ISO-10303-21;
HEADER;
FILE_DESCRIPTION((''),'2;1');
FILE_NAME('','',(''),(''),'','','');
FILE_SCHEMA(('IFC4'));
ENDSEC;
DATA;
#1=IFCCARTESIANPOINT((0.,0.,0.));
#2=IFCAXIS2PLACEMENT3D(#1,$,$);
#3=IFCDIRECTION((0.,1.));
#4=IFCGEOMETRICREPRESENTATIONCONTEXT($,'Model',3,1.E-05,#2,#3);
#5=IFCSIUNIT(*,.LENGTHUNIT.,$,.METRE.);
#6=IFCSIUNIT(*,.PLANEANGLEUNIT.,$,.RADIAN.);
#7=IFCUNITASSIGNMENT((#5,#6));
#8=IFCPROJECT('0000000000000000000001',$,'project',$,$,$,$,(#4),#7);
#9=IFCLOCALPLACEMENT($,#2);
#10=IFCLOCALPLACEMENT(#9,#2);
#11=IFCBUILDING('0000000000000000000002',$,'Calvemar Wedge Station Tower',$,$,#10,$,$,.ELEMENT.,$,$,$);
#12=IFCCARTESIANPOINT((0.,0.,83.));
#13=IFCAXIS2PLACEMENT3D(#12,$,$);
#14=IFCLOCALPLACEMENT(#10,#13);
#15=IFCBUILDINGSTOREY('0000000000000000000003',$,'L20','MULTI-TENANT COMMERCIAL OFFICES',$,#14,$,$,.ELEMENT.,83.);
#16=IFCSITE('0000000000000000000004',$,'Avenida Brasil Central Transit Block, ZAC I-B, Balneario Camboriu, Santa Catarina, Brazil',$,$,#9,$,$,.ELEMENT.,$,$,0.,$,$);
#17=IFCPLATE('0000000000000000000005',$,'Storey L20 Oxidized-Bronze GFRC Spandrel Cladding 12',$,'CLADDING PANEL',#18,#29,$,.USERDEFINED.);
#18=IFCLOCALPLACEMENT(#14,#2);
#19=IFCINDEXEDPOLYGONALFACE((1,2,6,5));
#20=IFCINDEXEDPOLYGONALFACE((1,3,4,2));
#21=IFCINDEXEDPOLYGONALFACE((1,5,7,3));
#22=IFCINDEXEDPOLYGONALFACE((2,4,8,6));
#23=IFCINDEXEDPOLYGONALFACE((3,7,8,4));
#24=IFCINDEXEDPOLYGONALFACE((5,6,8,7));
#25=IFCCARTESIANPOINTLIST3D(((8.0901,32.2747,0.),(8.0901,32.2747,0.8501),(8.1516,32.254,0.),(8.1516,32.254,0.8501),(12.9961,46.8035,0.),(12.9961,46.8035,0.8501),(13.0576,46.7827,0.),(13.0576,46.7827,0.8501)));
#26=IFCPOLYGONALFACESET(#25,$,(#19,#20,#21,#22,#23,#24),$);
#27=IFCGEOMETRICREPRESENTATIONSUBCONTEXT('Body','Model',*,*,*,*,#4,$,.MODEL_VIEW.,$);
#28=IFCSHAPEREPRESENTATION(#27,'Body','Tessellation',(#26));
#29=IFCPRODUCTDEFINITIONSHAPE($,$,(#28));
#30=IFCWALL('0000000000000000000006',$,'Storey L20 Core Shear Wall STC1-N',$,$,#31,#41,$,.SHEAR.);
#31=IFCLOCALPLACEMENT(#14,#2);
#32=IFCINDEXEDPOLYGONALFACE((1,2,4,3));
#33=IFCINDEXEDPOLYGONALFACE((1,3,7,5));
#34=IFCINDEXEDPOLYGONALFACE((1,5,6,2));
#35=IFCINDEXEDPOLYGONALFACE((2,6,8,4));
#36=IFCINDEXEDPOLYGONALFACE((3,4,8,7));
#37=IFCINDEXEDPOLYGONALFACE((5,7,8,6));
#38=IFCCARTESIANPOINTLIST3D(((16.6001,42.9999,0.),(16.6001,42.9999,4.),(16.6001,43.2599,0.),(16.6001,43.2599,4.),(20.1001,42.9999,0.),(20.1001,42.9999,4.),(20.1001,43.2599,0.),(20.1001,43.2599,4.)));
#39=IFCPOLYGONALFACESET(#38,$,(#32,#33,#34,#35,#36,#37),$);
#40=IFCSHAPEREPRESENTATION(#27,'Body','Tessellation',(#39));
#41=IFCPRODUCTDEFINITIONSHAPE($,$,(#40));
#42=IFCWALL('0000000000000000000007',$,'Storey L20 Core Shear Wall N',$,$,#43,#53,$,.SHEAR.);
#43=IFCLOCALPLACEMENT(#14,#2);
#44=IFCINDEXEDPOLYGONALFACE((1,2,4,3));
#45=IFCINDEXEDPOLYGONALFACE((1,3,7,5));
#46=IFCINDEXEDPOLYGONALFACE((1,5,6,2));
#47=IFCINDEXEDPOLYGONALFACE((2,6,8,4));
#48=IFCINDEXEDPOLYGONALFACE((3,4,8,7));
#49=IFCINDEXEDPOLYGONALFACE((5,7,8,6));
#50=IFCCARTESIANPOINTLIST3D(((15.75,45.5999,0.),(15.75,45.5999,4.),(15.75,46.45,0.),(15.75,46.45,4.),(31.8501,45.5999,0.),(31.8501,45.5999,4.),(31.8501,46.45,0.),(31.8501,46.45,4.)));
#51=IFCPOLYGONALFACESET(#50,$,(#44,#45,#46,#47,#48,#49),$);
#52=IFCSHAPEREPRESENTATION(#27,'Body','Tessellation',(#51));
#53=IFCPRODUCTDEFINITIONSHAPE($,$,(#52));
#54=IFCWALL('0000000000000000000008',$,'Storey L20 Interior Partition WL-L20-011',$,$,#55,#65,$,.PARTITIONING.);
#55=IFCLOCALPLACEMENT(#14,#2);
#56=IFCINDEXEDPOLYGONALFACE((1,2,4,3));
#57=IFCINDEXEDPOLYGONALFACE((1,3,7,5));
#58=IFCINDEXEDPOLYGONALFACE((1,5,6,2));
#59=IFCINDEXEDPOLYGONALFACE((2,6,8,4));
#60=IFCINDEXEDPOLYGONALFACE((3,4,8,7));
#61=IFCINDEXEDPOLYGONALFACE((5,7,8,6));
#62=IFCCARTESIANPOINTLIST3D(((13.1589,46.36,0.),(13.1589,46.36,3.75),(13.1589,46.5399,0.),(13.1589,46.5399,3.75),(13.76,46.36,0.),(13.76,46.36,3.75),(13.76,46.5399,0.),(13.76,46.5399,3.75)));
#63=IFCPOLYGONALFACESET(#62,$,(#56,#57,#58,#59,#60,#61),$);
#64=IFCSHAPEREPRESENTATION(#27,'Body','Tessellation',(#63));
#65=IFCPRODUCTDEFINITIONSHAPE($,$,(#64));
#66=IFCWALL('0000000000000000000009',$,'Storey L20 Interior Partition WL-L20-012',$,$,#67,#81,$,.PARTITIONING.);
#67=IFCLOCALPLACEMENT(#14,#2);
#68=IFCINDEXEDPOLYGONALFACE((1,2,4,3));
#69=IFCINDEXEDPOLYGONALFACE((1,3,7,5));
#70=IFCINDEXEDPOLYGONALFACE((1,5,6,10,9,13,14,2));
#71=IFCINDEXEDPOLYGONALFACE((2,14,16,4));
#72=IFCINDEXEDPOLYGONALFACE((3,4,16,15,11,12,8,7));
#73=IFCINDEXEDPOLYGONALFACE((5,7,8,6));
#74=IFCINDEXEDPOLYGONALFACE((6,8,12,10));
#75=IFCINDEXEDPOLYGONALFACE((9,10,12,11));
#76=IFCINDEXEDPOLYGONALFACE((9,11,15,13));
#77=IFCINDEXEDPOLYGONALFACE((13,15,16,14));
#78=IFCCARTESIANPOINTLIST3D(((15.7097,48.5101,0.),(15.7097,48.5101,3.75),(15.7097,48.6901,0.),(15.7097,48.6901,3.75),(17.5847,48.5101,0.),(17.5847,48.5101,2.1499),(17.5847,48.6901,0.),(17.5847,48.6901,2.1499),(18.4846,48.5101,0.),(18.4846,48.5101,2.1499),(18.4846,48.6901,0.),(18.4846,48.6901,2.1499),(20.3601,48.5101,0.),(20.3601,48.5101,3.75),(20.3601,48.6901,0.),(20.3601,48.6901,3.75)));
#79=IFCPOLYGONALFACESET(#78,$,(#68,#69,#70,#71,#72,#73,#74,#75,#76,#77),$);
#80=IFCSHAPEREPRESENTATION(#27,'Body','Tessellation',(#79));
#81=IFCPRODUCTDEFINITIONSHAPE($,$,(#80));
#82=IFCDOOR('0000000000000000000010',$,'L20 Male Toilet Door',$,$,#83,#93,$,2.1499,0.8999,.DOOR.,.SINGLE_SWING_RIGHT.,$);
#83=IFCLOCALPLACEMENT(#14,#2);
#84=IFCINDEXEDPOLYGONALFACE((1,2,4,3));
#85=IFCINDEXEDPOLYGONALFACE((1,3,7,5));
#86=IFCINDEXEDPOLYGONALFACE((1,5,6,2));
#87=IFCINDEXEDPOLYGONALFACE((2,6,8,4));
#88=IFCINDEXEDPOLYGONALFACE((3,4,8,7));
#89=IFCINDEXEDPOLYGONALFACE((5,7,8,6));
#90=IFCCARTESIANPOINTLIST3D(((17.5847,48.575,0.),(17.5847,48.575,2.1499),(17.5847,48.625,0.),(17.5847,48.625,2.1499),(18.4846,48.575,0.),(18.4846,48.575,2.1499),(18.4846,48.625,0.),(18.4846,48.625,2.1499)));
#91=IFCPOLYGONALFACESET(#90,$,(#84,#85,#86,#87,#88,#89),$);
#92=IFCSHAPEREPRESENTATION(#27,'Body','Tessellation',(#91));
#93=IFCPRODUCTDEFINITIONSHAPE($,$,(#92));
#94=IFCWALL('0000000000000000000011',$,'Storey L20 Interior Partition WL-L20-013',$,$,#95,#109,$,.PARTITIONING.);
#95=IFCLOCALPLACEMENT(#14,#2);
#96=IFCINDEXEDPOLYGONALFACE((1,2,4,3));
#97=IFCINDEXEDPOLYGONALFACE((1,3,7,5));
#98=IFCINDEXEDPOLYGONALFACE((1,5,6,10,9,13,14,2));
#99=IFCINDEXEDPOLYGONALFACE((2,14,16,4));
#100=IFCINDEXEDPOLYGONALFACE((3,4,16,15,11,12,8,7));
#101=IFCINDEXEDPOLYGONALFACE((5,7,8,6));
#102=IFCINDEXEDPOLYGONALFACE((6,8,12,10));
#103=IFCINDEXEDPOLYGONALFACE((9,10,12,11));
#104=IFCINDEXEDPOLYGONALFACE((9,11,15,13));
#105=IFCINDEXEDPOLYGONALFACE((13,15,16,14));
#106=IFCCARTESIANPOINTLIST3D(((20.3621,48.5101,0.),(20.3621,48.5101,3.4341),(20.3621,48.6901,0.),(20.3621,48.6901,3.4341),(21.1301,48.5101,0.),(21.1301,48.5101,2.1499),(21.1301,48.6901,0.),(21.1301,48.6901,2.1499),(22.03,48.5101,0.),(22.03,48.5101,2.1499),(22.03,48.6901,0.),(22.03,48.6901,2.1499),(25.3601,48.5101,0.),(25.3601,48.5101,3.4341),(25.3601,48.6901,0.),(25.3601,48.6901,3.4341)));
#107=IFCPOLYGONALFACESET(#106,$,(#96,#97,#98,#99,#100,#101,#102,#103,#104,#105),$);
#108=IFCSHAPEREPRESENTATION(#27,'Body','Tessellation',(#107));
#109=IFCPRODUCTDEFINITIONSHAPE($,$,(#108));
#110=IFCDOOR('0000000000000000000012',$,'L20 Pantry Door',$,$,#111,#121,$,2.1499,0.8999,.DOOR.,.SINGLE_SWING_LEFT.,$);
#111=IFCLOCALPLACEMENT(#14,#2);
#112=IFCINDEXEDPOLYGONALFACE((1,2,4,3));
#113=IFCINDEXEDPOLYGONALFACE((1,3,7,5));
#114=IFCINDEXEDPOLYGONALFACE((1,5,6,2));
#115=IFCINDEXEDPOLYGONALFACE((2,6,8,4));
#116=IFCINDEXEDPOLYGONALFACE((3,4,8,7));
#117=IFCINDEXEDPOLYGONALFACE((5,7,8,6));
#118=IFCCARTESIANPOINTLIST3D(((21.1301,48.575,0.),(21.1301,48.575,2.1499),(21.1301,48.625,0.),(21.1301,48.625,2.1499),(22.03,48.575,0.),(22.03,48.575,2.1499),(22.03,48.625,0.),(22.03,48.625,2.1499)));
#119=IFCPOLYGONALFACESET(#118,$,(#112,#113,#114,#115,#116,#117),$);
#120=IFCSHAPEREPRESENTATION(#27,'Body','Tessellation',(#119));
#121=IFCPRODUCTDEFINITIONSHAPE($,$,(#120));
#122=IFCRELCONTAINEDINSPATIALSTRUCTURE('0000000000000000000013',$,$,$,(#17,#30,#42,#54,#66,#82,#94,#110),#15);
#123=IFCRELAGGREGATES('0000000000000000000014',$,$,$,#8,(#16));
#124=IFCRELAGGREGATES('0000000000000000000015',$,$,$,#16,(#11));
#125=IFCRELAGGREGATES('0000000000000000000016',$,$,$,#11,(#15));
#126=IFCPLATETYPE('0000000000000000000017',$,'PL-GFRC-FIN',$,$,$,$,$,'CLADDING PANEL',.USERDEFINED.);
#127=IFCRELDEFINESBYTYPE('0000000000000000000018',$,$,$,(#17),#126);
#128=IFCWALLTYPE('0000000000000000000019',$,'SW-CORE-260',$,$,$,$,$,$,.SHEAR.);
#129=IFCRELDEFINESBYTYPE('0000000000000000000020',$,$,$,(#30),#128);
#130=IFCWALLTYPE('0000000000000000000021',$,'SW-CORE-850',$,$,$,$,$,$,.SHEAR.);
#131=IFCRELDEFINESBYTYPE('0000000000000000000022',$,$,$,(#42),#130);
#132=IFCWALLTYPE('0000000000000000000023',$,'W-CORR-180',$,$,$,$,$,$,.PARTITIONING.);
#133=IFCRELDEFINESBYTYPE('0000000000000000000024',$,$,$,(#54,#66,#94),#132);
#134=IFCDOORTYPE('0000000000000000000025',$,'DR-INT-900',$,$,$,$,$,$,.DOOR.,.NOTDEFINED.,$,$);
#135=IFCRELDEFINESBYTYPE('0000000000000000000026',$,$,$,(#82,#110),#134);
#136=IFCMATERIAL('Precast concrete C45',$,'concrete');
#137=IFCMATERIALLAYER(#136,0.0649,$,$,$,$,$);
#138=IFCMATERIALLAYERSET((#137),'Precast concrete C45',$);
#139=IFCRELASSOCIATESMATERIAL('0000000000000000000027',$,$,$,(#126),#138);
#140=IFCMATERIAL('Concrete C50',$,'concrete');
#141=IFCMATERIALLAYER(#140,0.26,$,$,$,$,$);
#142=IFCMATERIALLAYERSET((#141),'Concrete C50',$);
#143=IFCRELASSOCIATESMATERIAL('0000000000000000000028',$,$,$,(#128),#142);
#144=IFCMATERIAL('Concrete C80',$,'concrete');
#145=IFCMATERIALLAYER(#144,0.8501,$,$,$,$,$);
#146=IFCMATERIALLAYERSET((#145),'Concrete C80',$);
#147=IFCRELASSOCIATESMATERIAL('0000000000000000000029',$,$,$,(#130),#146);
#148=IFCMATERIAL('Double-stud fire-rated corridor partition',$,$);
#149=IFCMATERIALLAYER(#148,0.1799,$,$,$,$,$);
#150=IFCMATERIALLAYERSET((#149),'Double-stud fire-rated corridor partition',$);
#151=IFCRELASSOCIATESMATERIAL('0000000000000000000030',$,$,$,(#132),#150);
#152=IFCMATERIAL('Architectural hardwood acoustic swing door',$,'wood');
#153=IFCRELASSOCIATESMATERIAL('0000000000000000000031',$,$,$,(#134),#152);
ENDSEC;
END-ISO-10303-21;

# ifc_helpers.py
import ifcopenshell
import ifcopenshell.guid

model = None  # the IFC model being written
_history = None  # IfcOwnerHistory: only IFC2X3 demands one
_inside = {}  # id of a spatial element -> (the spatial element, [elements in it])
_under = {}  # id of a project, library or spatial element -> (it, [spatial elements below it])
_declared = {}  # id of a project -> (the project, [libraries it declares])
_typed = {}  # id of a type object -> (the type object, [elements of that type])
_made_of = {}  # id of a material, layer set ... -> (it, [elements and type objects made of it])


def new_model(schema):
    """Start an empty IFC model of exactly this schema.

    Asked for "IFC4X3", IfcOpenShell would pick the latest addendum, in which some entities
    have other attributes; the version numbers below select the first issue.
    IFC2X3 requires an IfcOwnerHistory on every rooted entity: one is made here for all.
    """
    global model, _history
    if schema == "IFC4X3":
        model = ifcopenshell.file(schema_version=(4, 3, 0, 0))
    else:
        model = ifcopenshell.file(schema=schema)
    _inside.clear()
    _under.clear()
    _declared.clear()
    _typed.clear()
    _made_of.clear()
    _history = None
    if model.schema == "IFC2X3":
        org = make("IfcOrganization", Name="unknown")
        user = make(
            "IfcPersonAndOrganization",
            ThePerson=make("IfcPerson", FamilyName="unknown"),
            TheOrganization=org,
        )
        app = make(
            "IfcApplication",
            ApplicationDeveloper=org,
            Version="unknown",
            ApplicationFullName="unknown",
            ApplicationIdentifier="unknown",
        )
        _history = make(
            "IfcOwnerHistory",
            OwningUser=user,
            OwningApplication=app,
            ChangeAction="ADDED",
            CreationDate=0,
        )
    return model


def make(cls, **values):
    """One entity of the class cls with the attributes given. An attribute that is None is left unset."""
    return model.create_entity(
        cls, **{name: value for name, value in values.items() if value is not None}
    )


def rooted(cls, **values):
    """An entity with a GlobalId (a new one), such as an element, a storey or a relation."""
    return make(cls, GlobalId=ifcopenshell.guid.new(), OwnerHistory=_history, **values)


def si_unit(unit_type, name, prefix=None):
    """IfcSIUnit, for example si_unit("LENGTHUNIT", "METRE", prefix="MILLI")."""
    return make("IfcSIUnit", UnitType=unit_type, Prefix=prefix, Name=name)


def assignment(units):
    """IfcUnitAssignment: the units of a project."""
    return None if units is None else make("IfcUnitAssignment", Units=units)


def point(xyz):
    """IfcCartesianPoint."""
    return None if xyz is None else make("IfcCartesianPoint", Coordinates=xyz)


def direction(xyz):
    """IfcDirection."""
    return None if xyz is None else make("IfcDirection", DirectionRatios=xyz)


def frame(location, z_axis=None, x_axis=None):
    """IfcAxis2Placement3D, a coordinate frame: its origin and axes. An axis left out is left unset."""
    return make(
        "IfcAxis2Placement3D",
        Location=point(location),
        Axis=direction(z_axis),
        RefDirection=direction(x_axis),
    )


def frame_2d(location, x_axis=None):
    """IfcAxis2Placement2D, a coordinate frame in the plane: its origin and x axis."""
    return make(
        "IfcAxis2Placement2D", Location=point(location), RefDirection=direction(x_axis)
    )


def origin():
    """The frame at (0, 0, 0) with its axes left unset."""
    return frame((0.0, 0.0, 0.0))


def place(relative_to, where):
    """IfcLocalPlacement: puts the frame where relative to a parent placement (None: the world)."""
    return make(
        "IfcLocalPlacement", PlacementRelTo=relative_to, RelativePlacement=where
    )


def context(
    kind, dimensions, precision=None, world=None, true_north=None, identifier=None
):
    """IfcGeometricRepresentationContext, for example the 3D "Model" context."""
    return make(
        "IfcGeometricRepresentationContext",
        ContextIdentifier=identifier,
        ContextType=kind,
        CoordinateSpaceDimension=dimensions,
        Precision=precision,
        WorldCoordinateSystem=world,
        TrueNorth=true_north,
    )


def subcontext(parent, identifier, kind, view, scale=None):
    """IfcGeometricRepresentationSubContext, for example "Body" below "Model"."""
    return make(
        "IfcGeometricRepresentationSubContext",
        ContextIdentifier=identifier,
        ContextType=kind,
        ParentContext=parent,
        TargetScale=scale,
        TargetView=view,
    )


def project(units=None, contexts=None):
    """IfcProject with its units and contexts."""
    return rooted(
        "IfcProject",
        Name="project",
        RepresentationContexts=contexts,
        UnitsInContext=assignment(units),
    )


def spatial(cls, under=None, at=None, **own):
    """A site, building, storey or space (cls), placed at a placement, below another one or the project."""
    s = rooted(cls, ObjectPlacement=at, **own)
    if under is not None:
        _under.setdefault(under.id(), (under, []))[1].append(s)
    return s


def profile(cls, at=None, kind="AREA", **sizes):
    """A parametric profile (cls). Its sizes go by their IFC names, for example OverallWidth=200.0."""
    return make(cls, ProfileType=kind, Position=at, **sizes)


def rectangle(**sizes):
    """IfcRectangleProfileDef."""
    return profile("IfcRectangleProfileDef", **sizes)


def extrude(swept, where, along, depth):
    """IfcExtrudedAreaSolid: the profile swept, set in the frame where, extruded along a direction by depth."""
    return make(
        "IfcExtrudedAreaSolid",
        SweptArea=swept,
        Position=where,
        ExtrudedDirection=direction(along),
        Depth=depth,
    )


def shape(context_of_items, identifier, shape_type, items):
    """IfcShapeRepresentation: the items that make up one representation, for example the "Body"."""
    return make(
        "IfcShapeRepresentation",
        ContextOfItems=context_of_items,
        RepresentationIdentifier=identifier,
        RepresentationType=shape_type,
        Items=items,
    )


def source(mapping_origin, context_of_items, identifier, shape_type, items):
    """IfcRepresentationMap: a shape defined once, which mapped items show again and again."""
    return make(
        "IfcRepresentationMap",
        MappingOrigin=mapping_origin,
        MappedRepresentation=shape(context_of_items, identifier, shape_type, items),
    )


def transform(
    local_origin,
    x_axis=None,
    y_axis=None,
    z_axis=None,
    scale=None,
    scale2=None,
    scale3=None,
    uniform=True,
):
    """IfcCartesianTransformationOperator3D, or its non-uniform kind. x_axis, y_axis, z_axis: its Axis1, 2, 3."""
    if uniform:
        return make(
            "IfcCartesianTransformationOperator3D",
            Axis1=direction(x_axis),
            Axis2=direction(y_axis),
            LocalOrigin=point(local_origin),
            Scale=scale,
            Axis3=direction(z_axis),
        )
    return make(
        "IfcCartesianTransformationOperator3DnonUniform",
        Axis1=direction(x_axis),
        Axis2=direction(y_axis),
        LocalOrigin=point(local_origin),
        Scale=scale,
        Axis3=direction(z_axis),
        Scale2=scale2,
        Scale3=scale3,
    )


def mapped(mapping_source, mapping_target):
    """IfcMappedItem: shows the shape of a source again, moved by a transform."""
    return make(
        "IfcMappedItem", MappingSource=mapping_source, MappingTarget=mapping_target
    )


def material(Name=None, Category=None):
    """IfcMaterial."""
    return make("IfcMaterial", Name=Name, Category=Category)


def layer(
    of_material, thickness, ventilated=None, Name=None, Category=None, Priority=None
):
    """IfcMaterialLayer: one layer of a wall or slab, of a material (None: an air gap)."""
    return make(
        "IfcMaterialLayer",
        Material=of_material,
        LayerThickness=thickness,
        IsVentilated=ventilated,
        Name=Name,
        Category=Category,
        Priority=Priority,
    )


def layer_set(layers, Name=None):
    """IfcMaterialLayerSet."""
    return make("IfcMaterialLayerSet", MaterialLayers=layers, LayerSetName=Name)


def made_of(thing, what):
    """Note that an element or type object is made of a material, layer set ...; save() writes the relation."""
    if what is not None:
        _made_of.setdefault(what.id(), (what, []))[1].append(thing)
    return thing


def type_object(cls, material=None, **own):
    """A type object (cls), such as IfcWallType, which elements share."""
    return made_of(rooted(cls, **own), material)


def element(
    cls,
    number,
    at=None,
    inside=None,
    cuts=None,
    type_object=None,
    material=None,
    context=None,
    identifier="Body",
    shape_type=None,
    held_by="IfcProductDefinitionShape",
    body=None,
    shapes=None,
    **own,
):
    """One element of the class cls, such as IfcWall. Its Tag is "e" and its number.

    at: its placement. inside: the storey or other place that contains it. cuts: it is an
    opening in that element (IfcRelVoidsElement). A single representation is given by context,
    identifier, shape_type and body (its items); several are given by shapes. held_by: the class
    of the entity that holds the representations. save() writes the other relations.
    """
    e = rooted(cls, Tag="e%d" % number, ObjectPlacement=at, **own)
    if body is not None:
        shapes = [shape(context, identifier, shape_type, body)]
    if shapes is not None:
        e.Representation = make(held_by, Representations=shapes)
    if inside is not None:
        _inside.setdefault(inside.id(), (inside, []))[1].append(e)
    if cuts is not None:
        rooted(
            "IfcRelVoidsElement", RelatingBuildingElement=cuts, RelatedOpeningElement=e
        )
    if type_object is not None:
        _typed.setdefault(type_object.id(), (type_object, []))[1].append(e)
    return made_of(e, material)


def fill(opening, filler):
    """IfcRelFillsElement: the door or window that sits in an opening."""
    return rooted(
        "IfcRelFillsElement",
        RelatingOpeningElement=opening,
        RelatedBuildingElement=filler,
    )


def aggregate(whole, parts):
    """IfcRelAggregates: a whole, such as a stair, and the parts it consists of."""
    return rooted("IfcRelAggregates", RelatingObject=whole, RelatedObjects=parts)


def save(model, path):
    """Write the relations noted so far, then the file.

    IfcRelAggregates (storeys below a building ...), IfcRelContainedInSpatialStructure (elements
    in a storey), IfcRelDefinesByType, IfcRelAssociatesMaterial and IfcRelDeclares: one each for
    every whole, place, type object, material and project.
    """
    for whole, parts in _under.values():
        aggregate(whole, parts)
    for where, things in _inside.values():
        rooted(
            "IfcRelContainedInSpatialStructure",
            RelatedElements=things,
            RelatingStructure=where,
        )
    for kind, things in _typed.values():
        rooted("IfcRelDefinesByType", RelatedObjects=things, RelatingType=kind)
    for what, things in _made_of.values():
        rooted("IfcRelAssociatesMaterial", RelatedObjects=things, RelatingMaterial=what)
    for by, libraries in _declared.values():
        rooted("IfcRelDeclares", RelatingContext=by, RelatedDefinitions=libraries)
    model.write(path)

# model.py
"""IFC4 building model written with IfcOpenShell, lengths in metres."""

from ifc_helpers import new_model, si_unit, direction, frame, frame_2d, origin, place, context, subcontext, project, spatial, rectangle, extrude, source, transform, mapped, material, layer, layer_set, type_object, element, fill, save


model = new_model("IFC4")

# Units and contexts
model_context = context("Model", 3, precision=1e-05, world=origin(), true_north=direction((0.0, 1.0)))
body_context = subcontext(model_context, "Body", "Model", "MODEL_VIEW")
ifc_project = project(units=[si_unit("LENGTHUNIT", "METRE"), si_unit("PLANEANGLEUNIT", "RADIAN")], contexts=[model_context])

# Site, building, storey
site_placement = place(None, origin())
site = spatial("IfcSite", under=ifc_project, at=site_placement, Name="Avenida Brasil Central Transit Block, ZAC I-B, Balneario Camboriu, Santa Catarina, Brazil", CompositionType="ELEMENT", RefElevation=0.0)
building_placement = place(site_placement, origin())
building = spatial("IfcBuilding", under=site, at=building_placement, Name="Calvemar Wedge Station Tower", CompositionType="ELEMENT")
storey_placement = place(building_placement, frame((0.0, 0.0, 83.0)))
storey = spatial("IfcBuildingStorey", under=building, at=storey_placement, Name="L20", Description="MULTI-TENANT COMMERCIAL OFFICES", CompositionType="ELEMENT", Elevation=83.0)

# Plate
ifc_material_1 = material(Name="Precast concrete C45", Category="concrete")
ifc_layer_1 = layer(ifc_material_1, 0.0649)
ifc_layer_set_1 = layer_set([ifc_layer_1], Name="Precast concrete C45")
plate_type = type_object("IfcPlateType", Name="PL-GFRC-FIN", ElementType="CLADDING PANEL", PredefinedType="USERDEFINED", material=ifc_layer_set_1)
plate_placement = place(storey_placement, frame((13.0269, 46.7932, 0.0), z_axis=(0.0, 0.0, 1.0), x_axis=(-0.319927, -0.947442, 0.0)))
element("IfcPlate", 1, at=plate_placement, inside=storey, type_object=plate_type, Name="Storey L20 Oxidized-Bronze GFRC Spandrel Cladding 12", ObjectType="CLADDING PANEL", PredefinedType="USERDEFINED", context=body_context, shape_type="SweptSolid", body=[
    extrude(rectangle(XDim=15.3347, YDim=0.0649, at=frame_2d((7.6675, 0.0))), origin(), (0.0, 0.0, 1.0), 0.8501),
])

# Walls
ifc_material_2 = material(Name="Concrete C50", Category="concrete")
ifc_layer_2 = layer(ifc_material_2, 0.26)
ifc_layer_set_2 = layer_set([ifc_layer_2], Name="Concrete C50")
wall_type_1 = type_object("IfcWallType", Name="SW-CORE-260", PredefinedType="SHEAR", material=ifc_layer_set_2)
wall_1_placement = place(storey_placement, frame((16.6001, 43.1299, 0.0), z_axis=(0.0, 0.0, 1.0), x_axis=(1.0, 0.0, 0.0)))
element("IfcWall", 2, at=wall_1_placement, inside=storey, type_object=wall_type_1, Name="Storey L20 Core Shear Wall STC1-N", PredefinedType="SHEAR", context=body_context, shape_type="SweptSolid", body=[
    extrude(rectangle(XDim=3.5, YDim=0.26, at=frame_2d((1.75, 0.0))), origin(), (0.0, 0.0, 1.0), 4.0),
])
ifc_material_3 = material(Name="Concrete C80", Category="concrete")
ifc_layer_3 = layer(ifc_material_3, 0.8501)
ifc_layer_set_3 = layer_set([ifc_layer_3], Name="Concrete C80")
wall_type_2 = type_object("IfcWallType", Name="SW-CORE-850", PredefinedType="SHEAR", material=ifc_layer_set_3)
wall_2_placement = place(storey_placement, frame((15.75, 46.0249, 0.0), z_axis=(0.0, 0.0, 1.0), x_axis=(1.0, 0.0, 0.0)))
element("IfcWall", 3, at=wall_2_placement, inside=storey, type_object=wall_type_2, Name="Storey L20 Core Shear Wall N", PredefinedType="SHEAR", context=body_context, shape_type="SweptSolid", body=[
    extrude(rectangle(XDim=16.1001, YDim=0.8501, at=frame_2d((8.05, 0.0))), origin(), (0.0, 0.0, 1.0), 4.0),
])
ifc_material_4 = material(Name="Double-stud fire-rated corridor partition")
ifc_layer_4 = layer(ifc_material_4, 0.1799)
ifc_layer_set_4 = layer_set([ifc_layer_4], Name="Double-stud fire-rated corridor partition")
wall_type_3 = type_object("IfcWallType", Name="W-CORR-180", PredefinedType="PARTITIONING", material=ifc_layer_set_4)
wall_3_placement = place(storey_placement, frame((13.76, 46.45, 0.0), z_axis=(0.0, 0.0, 1.0), x_axis=(-1.0, 0.0, 0.0)))
element("IfcWall", 4, at=wall_3_placement, inside=storey, type_object=wall_type_3, Name="Storey L20 Interior Partition WL-L20-011", PredefinedType="PARTITIONING", context=body_context, shape_type="SweptSolid", body=[
    extrude(rectangle(XDim=0.6011, YDim=0.1799, at=frame_2d((0.3005, 0.0))), origin(), (0.0, 0.0, 1.0), 3.75),
])

# Walls, openings, doors
wall_4_placement = place(storey_placement, frame((15.7097, 48.6001, 0.0), z_axis=(0.0, 0.0, 1.0), x_axis=(1.0, 0.0, 0.0)))
wall_4 = element("IfcWall", 5, at=wall_4_placement, inside=storey, type_object=wall_type_3, Name="Storey L20 Interior Partition WL-L20-012", PredefinedType="PARTITIONING", context=body_context, shape_type="SweptSolid", body=[
    extrude(rectangle(XDim=4.6504, YDim=0.1799, at=frame_2d((2.3252, 0.0))), origin(), (0.0, 0.0, 1.0), 3.75),
])
shared_shape_1 = source(origin(), body_context, "Body", "SweptSolid", [
    extrude(rectangle(XDim=0.8999, YDim=2.1499, at=frame_2d((0.45, 1.075))), frame((0.0, 0.1001, 0.0), z_axis=(0.0, -1.0, 0.0), x_axis=(1.0, 0.0, 0.0)), (0.0, 0.0, 1.0), 0.2),
])
opening_1_placement = place(wall_4_placement, frame((1.875, 0.0, 0.0)))
opening_1 = element("IfcOpeningElement", 6, at=opening_1_placement, cuts=wall_4, PredefinedType="OPENING", context=body_context, shape_type="MappedRepresentation", body=[
    mapped(shared_shape_1, transform((0.0, 0.0, 0.0), scale=1.0)),
])
ifc_material_5 = material(Name="Architectural hardwood acoustic swing door", Category="wood")
door_type_1 = type_object("IfcDoorType", Name="DR-INT-900", OperationType="NOTDEFINED", PredefinedType="DOOR", material=ifc_material_5)
shared_shape_2 = source(origin(), body_context, "Body", "SweptSolid", [
    extrude(rectangle(XDim=0.8999, YDim=2.1499, at=frame_2d((0.45, 1.075))), frame((0.0, 0.0249, 0.0), z_axis=(0.0, -1.0, 0.0), x_axis=(1.0, 0.0, 0.0)), (0.0, 0.0, 1.0), 0.05),
])
door_1_placement = place(opening_1_placement, origin())
door_1 = element("IfcDoor", 7, at=door_1_placement, inside=storey, type_object=door_type_1, Name="L20 Male Toilet Door", OperationType="SINGLE_SWING_RIGHT", OverallHeight=2.1499, OverallWidth=0.8999, PredefinedType="DOOR", context=body_context, shape_type="MappedRepresentation", body=[
    mapped(shared_shape_2, transform((0.0, 0.0, 0.0), scale=1.0)),
])
fill(opening_1, door_1)
wall_5_placement = place(storey_placement, frame((20.3621, 48.6001, 0.0), z_axis=(0.0, 0.0, 1.0), x_axis=(1.0, 0.0, 0.0)))
wall_5 = element("IfcWall", 8, at=wall_5_placement, inside=storey, type_object=wall_type_3, Name="Storey L20 Interior Partition WL-L20-013", PredefinedType="PARTITIONING", context=body_context, shape_type="SweptSolid", body=[
    extrude(rectangle(XDim=4.998, YDim=0.1799, at=frame_2d((2.499, 0.0))), origin(), (0.0, 0.0, 1.0), 3.4341),
])
opening_2_placement = place(wall_5_placement, frame((0.7681, 0.0, 0.0)))
opening_2 = element("IfcOpeningElement", 9, at=opening_2_placement, cuts=wall_5, PredefinedType="OPENING", context=body_context, shape_type="MappedRepresentation", body=[
    mapped(shared_shape_1, transform((0.0, 0.0, 0.0), scale=1.0)),
])
door_2_placement = place(opening_2_placement, origin())
door_2 = element("IfcDoor", 10, at=door_2_placement, inside=storey, type_object=door_type_1, Name="L20 Pantry Door", OperationType="SINGLE_SWING_LEFT", OverallHeight=2.1499, OverallWidth=0.8999, PredefinedType="DOOR", context=body_context, shape_type="MappedRepresentation", body=[
    mapped(shared_shape_2, transform((0.0, 0.0, 0.0), scale=1.0)),
])
fill(opening_2, door_2)

save(model, "model.ifc")
